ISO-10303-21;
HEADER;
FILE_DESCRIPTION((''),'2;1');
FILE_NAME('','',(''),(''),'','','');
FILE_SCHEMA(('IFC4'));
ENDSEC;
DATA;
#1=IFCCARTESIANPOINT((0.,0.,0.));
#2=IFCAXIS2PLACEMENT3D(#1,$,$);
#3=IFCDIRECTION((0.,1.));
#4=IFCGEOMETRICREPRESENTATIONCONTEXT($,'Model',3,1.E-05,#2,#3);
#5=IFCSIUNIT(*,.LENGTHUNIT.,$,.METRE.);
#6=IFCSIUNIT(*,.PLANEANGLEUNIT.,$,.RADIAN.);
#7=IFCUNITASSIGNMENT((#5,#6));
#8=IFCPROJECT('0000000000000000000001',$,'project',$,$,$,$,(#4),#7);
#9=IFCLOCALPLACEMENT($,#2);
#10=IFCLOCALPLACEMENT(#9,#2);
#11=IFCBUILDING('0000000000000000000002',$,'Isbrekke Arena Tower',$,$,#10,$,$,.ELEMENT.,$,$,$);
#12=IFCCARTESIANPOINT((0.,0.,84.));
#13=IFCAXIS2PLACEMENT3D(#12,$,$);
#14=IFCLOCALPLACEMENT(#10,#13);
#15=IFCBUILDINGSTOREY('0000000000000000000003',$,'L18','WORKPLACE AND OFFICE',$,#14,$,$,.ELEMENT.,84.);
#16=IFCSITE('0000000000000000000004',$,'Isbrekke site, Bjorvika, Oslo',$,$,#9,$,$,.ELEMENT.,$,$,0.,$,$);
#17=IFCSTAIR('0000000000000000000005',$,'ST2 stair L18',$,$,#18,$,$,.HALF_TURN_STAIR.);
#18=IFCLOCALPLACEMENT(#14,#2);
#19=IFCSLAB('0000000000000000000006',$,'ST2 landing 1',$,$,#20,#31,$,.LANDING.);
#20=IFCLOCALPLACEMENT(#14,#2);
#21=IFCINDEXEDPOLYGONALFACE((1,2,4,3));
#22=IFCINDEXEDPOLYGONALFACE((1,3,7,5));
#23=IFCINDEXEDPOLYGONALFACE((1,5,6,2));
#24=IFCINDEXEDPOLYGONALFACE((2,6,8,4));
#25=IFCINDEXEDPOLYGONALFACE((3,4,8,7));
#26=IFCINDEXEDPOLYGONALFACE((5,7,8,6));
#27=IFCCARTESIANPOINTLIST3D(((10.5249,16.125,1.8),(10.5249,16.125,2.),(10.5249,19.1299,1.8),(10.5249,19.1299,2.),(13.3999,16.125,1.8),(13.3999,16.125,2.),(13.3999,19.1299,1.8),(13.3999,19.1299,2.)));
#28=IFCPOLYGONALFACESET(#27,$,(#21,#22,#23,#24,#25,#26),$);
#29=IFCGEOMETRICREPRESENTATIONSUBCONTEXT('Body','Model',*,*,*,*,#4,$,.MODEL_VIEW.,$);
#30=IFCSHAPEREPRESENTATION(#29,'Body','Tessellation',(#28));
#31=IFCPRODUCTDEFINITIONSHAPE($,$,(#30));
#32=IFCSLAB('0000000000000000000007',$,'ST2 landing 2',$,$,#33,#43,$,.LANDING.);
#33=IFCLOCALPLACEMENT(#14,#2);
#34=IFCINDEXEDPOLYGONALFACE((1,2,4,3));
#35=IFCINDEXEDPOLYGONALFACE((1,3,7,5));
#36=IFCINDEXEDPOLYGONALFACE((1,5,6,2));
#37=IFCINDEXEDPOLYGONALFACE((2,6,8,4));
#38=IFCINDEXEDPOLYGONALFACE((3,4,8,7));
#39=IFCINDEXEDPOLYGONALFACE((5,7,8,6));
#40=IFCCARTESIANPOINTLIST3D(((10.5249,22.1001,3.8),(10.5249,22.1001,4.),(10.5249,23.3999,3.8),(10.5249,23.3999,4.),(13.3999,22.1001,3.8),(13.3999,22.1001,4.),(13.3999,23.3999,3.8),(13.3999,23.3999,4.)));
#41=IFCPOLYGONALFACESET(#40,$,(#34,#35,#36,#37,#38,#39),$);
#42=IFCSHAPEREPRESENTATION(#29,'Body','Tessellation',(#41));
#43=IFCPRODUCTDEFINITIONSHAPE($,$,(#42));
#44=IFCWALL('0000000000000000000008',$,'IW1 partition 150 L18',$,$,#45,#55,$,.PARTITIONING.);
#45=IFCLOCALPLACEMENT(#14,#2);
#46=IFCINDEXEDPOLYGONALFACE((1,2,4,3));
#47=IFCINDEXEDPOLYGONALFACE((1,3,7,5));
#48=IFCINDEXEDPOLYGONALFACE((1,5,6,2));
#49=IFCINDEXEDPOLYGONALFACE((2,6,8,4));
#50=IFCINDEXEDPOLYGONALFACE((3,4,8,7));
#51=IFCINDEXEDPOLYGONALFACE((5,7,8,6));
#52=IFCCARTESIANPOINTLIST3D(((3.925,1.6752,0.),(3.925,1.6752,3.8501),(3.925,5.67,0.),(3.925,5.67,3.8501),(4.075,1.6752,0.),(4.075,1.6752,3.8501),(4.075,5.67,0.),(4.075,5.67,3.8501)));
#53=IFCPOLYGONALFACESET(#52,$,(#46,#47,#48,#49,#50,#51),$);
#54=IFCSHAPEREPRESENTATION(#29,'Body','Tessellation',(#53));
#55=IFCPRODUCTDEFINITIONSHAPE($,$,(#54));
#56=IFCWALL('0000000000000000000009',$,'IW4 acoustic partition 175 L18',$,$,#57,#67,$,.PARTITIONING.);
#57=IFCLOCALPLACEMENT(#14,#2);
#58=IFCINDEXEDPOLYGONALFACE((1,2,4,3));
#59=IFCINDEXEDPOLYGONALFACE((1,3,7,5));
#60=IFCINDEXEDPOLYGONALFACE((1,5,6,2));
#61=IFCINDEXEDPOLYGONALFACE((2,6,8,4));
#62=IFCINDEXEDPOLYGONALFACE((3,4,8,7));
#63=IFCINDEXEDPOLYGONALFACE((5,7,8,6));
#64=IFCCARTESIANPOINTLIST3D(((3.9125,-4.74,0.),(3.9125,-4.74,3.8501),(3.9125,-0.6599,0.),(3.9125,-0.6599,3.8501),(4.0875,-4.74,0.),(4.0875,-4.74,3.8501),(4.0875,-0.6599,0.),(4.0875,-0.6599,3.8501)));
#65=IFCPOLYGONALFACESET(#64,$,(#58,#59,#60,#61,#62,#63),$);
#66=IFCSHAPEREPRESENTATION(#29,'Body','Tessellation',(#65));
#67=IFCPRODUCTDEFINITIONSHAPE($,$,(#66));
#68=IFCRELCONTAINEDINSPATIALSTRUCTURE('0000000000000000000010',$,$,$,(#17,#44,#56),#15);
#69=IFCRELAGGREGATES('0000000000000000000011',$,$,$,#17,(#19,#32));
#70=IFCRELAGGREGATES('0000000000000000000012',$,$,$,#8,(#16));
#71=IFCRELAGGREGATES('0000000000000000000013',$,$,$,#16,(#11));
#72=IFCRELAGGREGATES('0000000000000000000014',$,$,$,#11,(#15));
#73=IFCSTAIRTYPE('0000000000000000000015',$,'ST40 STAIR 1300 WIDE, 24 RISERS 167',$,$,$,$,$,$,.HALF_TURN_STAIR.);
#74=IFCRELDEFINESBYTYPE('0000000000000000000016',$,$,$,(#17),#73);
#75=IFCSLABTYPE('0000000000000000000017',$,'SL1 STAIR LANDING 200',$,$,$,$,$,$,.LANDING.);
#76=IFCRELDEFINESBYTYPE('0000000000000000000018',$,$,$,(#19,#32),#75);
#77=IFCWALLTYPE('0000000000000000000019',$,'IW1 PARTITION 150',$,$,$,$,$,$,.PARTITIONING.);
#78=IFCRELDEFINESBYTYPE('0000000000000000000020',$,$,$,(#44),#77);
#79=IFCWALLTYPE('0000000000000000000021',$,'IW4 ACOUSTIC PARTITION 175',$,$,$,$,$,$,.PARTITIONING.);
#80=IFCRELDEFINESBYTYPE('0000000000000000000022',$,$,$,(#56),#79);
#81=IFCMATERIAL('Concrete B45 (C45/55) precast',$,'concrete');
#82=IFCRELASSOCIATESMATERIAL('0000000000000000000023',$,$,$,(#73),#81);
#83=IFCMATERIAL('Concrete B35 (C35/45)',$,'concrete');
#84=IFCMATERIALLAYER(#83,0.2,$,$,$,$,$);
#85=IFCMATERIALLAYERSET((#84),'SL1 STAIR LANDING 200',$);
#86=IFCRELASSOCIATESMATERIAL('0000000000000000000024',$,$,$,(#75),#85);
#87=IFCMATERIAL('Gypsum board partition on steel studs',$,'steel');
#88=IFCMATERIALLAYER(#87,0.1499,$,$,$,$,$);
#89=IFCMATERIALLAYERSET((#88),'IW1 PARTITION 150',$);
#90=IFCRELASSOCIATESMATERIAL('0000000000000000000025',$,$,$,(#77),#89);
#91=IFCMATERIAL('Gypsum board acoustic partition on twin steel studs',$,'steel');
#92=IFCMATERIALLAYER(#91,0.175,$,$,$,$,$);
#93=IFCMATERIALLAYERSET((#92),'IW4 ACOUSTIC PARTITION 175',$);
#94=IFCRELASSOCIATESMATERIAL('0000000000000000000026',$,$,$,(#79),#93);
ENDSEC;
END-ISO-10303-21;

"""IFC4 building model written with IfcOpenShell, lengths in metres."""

from ifc_helpers import new_model, si_unit, direction, frame, frame_2d, origin, place, context, subcontext, project, spatial, polyline, rectangle, outline, extrude, material, layer, layer_set, type_object, element, aggregate, save


model = new_model("IFC4")

# Units and contexts
model_context = context("Model", 3, precision=1e-05, world=origin(), true_north=direction((0.0, 1.0)))
body_context = subcontext(model_context, "Body", "Model", "MODEL_VIEW")
ifc_project = project(units=[si_unit("LENGTHUNIT", "METRE"), si_unit("PLANEANGLEUNIT", "RADIAN")], contexts=[model_context])

# Site, building, storey
site_placement = place(None, origin())
site = spatial("IfcSite", under=ifc_project, at=site_placement, Name="Isbrekke site, Bjorvika, Oslo", CompositionType="ELEMENT", RefElevation=0.0)
building_placement = place(site_placement, origin())
building = spatial("IfcBuilding", under=site, at=building_placement, Name="Isbrekke Arena Tower", CompositionType="ELEMENT")
storey_placement = place(building_placement, frame((0.0, 0.0, 84.0)))
storey = spatial("IfcBuildingStorey", under=building, at=storey_placement, Name="L18", Description="WORKPLACE AND OFFICE", CompositionType="ELEMENT", Elevation=84.0)

# Stair, slabs
ifc_material_1 = material(Name="Concrete B45 (C45/55) precast", Category="concrete")
stair_type = type_object("IfcStairType", Name="ST40 STAIR 1300 WIDE, 24 RISERS 167", PredefinedType="HALF_TURN_STAIR", material=ifc_material_1)
ifc_material_2 = material(Name="Concrete B35 (C35/45)", Category="concrete")
ifc_layer_1 = layer(ifc_material_2, 0.2)
ifc_layer_set_1 = layer_set([ifc_layer_1], Name="SL1 STAIR LANDING 200")
slab_type_1 = type_object("IfcSlabType", Name="SL1 STAIR LANDING 200", PredefinedType="LANDING", material=ifc_layer_set_1)
stair_1_placement = place(storey_placement, origin())
stair_1 = element("IfcStair", 1, at=stair_1_placement, inside=storey, type_object=stair_type, Name="ST2 stair L18", PredefinedType="HALF_TURN_STAIR")
slab_1_placement = place(storey_placement, frame((0.0, 0.0, 1.8)))
slab_1 = element("IfcSlab", 2, at=slab_1_placement, type_object=slab_type_1, Name="ST2 landing 1", PredefinedType="LANDING", context=body_context, shape_type="SweptSolid", body=[
    extrude(outline(polyline([(10.5249, 16.125), (13.3999, 16.125), (13.3999, 19.1299), (10.5249, 19.1299), (10.5249, 16.125)])), origin(), (0.0, 0.0, 1.0), 0.2),
])
slab_2_placement = place(storey_placement, frame((0.0, 0.0, 3.8)))
slab_2 = element("IfcSlab", 3, at=slab_2_placement, type_object=slab_type_1, Name="ST2 landing 2", PredefinedType="LANDING", context=body_context, shape_type="SweptSolid", body=[
    extrude(outline(polyline([(10.5249, 22.1001), (13.3999, 22.1001), (13.3999, 23.3999), (10.5249, 23.3999), (10.5249, 22.1001)])), origin(), (0.0, 0.0, 1.0), 0.2),
])
aggregate(stair_1, [slab_1, slab_2])

# Walls
ifc_material_3 = material(Name="Gypsum board partition on steel studs", Category="steel")
ifc_layer_2 = layer(ifc_material_3, 0.1499)
ifc_layer_set_2 = layer_set([ifc_layer_2], Name="IW1 PARTITION 150")
wall_type_1 = type_object("IfcWallType", Name="IW1 PARTITION 150", PredefinedType="PARTITIONING", material=ifc_layer_set_2)
wall_1_placement = place(storey_placement, frame((4.0, 1.675, 0.0), z_axis=(0.0, 0.0, 1.0), x_axis=(0.0, 1.0, 0.0)))
element("IfcWall", 4, at=wall_1_placement, inside=storey, type_object=wall_type_1, Name="IW1 partition 150 L18", PredefinedType="PARTITIONING", context=body_context, shape_type="SweptSolid", body=[
    extrude(rectangle(XDim=3.9949, YDim=0.1499, at=frame_2d((1.9976, 0.0))), origin(), (0.0, 0.0, 1.0), 3.8501),
])
ifc_material_4 = material(Name="Gypsum board acoustic partition on twin steel studs", Category="steel")
ifc_layer_3 = layer(ifc_material_4, 0.175)
ifc_layer_set_3 = layer_set([ifc_layer_3], Name="IW4 ACOUSTIC PARTITION 175")
wall_type_2 = type_object("IfcWallType", Name="IW4 ACOUSTIC PARTITION 175", PredefinedType="PARTITIONING", material=ifc_layer_set_3)
wall_2_placement = place(storey_placement, frame((4.0, -4.74, 0.0), z_axis=(0.0, 0.0, 1.0), x_axis=(0.0, 1.0, 0.0)))
element("IfcWall", 5, at=wall_2_placement, inside=storey, type_object=wall_type_2, Name="IW4 acoustic partition 175 L18", PredefinedType="PARTITIONING", context=body_context, shape_type="SweptSolid", body=[
    extrude(rectangle(XDim=4.0801, YDim=0.175, at=frame_2d((2.04, 0.0))), origin(), (0.0, 0.0, 1.0), 3.8501),
])

save(model, "model.ifc")
